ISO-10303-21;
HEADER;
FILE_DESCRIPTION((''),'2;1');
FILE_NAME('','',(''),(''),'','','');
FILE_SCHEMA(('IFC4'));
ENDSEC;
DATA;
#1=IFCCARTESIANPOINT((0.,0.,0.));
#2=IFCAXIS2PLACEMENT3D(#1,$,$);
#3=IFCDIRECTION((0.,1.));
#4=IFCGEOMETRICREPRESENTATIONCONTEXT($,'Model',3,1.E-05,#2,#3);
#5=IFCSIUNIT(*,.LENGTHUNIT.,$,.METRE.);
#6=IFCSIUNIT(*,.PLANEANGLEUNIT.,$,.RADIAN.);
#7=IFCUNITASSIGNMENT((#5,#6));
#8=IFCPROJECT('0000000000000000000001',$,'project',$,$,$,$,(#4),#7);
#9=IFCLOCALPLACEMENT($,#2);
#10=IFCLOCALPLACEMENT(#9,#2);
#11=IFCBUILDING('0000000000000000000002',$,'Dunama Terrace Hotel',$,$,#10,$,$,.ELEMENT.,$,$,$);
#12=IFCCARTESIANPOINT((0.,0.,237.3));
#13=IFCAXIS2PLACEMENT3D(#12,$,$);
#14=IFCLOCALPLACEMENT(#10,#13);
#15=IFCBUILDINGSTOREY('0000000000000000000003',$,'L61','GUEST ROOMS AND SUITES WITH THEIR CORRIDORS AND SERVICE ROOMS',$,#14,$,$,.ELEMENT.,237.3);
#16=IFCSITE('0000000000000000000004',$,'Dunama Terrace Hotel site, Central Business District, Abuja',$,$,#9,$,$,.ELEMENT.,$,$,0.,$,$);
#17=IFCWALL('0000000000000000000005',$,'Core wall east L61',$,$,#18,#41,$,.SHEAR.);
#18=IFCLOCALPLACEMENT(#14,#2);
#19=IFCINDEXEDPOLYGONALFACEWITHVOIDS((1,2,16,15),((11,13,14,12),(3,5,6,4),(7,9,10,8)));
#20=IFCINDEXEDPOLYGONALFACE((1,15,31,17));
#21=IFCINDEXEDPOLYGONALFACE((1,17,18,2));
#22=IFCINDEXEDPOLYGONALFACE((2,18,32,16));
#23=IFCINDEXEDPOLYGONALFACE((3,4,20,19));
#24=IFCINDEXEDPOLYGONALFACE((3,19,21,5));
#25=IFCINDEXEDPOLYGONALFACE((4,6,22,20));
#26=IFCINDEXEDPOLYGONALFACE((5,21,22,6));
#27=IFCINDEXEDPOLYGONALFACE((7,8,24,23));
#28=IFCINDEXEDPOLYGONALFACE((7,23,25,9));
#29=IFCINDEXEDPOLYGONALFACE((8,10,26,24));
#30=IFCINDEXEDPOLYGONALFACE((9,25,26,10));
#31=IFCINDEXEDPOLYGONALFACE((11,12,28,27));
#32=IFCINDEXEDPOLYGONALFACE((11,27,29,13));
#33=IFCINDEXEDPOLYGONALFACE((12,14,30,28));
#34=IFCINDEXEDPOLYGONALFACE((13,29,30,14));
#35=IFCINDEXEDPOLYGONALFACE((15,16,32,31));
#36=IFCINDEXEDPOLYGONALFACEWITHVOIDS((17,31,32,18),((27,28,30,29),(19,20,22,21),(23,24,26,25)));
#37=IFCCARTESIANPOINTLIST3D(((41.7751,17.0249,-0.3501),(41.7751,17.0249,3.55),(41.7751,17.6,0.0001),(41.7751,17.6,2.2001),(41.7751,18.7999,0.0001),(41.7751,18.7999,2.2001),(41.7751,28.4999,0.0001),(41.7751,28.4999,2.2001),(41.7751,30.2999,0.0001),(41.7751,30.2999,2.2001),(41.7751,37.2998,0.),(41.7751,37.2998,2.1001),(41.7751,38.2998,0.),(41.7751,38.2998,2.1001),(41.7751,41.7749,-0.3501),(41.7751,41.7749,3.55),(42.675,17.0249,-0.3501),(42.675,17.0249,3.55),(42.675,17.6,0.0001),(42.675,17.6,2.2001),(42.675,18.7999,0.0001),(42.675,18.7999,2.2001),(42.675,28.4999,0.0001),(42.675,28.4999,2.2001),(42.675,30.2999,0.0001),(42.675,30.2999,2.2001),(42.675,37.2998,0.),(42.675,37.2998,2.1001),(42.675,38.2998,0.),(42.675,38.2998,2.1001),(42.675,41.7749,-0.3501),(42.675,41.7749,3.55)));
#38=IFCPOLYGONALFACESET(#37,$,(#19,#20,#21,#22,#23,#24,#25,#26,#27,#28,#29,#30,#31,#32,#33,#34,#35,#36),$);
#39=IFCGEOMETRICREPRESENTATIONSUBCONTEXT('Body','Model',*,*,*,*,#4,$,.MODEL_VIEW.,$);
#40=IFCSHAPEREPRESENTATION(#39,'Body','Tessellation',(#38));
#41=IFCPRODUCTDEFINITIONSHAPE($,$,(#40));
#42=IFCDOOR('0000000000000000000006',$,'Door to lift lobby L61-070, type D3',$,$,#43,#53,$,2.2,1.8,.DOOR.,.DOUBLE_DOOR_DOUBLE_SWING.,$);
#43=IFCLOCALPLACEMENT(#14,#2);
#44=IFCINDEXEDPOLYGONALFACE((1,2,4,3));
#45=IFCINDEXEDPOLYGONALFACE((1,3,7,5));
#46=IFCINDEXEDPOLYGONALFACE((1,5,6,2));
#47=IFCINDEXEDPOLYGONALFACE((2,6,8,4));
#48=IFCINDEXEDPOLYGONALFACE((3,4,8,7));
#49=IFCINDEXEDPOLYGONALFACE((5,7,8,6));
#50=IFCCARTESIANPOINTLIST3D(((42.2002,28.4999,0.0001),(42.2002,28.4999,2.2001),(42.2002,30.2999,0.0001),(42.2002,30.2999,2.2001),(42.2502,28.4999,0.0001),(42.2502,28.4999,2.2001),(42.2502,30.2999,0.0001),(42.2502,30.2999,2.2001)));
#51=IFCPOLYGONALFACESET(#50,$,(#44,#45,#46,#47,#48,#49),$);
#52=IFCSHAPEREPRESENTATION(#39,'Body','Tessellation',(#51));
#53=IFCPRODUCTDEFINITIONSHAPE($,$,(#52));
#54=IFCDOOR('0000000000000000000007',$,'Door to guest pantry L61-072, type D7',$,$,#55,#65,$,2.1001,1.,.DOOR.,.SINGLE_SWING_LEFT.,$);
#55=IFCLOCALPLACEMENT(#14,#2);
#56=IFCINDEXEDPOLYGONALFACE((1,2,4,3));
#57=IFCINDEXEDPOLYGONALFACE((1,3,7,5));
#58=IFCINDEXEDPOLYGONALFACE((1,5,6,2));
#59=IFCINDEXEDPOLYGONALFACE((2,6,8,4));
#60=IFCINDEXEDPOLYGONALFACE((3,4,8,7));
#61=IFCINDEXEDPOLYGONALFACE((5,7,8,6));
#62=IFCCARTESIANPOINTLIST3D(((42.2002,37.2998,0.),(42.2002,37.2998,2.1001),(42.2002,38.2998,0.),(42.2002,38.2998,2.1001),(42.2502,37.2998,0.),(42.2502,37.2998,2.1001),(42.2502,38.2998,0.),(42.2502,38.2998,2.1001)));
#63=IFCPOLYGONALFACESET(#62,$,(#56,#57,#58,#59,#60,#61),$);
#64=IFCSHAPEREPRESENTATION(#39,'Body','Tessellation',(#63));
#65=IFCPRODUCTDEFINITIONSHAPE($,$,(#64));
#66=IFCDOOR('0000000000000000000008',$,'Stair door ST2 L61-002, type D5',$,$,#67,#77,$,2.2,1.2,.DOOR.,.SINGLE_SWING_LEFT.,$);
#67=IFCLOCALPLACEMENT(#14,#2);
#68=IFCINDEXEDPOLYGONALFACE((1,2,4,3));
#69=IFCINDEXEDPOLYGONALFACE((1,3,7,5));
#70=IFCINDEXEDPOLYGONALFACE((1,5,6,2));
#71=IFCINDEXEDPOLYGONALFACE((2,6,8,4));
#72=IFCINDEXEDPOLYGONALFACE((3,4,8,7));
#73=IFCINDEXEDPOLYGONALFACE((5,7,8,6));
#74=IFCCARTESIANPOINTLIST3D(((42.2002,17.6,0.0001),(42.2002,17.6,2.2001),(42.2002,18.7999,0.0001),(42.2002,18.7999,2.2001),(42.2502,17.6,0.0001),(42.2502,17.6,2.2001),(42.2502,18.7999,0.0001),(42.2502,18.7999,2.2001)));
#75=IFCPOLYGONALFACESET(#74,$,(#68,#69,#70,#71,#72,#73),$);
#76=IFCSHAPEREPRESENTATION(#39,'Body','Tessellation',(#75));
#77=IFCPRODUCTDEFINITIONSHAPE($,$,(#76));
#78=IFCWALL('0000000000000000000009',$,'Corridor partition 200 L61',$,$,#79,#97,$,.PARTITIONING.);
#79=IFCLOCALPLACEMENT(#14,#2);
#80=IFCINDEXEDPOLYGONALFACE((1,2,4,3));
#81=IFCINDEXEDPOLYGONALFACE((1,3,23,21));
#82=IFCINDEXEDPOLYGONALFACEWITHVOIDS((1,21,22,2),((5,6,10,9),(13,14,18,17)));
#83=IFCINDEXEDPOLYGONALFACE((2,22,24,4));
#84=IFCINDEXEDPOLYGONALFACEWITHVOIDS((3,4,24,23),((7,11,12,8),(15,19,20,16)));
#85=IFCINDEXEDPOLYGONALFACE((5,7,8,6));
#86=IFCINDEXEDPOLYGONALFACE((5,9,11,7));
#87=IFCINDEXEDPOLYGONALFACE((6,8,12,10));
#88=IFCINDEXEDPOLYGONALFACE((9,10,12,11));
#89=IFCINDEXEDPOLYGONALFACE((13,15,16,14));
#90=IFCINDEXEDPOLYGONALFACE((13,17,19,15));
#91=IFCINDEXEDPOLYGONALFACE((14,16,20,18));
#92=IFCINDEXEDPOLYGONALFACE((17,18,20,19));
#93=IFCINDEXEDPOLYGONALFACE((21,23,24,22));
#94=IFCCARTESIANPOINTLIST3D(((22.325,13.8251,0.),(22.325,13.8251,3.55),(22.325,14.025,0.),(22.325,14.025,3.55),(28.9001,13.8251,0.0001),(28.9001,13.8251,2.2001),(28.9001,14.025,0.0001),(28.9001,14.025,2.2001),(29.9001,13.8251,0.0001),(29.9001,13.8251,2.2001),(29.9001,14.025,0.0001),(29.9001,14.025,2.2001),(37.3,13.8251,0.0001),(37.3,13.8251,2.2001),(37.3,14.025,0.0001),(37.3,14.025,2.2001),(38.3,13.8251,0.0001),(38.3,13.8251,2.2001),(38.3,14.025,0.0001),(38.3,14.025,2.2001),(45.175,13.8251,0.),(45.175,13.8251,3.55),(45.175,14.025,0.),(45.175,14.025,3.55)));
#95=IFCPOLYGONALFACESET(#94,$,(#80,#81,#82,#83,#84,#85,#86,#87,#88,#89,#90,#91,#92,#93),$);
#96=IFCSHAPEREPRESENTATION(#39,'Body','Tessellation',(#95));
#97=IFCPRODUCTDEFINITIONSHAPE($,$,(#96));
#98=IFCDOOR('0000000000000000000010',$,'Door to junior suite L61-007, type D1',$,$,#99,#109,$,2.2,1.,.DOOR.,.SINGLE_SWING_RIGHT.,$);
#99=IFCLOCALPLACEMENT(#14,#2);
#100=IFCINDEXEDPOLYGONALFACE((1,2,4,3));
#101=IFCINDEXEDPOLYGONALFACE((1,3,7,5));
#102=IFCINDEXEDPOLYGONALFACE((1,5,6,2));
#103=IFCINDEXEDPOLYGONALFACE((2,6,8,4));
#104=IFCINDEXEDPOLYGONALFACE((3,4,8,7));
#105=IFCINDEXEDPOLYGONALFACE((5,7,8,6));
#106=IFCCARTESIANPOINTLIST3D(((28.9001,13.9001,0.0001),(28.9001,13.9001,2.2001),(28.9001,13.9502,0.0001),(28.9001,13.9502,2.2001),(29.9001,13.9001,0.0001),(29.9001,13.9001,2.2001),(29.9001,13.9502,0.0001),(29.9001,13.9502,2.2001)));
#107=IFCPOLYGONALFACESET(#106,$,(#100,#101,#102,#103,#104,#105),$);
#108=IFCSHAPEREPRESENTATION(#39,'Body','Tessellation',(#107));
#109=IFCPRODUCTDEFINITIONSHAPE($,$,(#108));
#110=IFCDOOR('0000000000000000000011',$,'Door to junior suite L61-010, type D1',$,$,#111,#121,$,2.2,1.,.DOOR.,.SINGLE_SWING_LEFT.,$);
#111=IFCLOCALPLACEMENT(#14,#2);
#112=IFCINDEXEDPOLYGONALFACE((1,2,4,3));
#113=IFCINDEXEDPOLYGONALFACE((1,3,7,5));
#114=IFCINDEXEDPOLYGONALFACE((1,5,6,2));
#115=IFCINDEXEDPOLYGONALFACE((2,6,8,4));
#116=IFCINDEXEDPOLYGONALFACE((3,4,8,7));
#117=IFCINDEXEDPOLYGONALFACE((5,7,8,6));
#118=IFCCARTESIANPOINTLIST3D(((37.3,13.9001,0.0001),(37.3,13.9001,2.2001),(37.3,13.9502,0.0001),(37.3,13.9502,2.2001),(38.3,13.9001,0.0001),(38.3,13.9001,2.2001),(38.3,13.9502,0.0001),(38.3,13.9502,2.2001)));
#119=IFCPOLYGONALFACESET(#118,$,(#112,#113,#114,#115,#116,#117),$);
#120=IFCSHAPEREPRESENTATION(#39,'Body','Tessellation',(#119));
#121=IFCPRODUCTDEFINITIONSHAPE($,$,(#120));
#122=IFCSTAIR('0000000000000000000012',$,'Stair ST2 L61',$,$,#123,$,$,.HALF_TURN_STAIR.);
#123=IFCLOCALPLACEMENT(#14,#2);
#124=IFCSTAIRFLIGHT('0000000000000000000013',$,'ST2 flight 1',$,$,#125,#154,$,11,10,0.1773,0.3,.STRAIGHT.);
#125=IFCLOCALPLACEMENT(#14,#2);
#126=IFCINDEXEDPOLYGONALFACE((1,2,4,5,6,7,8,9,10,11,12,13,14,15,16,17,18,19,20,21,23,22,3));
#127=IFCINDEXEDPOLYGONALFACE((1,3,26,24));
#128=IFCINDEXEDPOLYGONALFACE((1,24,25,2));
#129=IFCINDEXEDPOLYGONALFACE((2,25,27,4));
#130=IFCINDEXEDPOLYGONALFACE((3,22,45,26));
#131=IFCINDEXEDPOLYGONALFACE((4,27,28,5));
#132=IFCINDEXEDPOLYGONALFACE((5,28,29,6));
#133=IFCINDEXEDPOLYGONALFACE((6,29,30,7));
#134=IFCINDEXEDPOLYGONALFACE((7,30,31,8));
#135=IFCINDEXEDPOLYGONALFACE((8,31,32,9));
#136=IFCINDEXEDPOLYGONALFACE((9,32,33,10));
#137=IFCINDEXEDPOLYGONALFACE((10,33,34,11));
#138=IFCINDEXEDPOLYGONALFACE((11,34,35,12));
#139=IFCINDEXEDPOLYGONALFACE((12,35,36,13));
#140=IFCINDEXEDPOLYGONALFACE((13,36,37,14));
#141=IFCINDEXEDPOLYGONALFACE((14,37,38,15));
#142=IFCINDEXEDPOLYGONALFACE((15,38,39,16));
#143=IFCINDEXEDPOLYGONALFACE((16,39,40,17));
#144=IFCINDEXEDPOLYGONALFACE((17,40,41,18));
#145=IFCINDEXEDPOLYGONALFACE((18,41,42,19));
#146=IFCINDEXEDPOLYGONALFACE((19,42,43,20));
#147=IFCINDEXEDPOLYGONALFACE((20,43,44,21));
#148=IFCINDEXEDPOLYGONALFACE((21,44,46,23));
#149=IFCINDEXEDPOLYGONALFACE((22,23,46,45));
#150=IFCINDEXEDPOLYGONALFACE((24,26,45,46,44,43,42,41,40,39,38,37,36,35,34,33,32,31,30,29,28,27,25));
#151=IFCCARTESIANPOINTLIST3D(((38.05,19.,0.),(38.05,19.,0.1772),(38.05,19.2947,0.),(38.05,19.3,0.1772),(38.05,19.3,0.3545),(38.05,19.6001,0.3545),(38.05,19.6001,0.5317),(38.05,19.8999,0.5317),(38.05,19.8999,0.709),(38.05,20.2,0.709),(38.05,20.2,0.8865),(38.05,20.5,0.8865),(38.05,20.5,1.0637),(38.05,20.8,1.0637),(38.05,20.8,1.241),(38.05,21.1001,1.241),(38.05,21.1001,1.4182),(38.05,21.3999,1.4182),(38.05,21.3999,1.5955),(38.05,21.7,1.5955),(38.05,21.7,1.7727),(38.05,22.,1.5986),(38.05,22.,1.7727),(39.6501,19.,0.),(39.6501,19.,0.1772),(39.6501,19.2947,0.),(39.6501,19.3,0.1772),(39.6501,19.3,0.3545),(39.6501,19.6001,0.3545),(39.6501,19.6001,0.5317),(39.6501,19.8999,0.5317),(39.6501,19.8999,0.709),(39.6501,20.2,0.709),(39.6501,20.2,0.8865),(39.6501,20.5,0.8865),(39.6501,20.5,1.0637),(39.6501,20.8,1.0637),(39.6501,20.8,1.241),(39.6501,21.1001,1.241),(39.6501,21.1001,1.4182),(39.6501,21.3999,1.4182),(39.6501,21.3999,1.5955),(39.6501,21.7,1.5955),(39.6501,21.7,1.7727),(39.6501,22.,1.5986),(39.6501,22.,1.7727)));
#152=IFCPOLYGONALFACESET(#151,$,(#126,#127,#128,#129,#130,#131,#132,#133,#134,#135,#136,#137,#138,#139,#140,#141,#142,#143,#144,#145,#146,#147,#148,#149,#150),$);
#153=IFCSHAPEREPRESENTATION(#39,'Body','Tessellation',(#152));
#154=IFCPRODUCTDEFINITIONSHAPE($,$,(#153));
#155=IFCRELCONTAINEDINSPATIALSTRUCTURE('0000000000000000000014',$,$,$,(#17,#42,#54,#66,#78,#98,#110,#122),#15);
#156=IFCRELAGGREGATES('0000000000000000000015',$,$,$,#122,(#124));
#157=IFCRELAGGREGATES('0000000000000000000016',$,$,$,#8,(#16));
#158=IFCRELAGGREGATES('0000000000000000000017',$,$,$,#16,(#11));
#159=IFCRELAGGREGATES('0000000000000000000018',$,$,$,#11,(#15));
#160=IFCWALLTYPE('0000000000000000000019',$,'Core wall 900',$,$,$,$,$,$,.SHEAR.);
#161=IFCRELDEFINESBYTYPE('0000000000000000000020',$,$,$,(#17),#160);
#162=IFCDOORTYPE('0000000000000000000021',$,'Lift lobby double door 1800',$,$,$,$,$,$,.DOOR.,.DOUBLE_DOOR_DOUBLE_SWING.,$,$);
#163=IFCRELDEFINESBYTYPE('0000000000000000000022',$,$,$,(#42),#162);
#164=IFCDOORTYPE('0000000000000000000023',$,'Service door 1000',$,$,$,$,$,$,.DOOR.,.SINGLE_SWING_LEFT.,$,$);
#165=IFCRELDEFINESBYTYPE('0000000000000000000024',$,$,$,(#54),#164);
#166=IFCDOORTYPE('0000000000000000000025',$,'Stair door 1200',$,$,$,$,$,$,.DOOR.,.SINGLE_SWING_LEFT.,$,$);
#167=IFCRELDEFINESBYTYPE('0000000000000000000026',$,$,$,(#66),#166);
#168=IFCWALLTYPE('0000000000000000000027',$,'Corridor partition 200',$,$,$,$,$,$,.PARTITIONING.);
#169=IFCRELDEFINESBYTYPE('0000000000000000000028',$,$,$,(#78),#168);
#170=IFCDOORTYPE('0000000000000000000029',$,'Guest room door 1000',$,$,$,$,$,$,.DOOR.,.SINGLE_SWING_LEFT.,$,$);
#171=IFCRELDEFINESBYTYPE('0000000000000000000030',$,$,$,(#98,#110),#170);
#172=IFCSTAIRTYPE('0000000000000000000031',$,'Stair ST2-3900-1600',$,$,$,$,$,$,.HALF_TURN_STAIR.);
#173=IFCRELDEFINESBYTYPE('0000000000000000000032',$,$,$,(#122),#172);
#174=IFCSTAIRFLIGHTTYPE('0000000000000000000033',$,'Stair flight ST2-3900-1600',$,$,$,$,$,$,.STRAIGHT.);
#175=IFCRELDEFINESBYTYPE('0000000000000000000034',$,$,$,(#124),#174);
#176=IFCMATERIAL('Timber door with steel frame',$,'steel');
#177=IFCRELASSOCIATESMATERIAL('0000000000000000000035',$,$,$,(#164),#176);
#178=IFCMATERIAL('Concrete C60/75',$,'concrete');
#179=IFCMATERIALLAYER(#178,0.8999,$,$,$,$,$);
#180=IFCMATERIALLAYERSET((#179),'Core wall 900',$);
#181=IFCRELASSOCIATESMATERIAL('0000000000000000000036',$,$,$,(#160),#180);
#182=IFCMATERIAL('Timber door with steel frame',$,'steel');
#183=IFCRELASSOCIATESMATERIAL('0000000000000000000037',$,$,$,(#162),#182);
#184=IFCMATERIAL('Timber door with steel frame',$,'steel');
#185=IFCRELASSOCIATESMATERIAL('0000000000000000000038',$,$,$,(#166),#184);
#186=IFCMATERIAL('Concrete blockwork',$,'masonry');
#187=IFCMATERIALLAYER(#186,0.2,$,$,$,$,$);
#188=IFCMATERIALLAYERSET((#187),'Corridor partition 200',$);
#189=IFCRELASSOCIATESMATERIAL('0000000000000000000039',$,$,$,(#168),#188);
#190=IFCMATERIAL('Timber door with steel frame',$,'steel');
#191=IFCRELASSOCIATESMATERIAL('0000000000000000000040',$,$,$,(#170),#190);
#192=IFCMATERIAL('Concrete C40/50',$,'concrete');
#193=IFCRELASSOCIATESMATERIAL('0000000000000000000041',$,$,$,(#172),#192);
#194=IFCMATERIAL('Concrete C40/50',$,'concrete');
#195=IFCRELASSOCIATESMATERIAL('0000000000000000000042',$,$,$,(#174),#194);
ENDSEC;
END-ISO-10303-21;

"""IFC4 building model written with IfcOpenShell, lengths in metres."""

from ifc_helpers import new_model, si_unit, direction, frame, frame_2d, origin, place, context, subcontext, project, spatial, polyline, rectangle, outline, extrude, material, layer, layer_set, type_object, element, fill, aggregate, save


model = new_model("IFC4")

# Units and contexts
model_context = context("Model", 3, precision=1e-05, world=origin(), true_north=direction((0.0, 1.0)))
body_context = subcontext(model_context, "Body", "Model", "MODEL_VIEW")
ifc_project = project(units=[si_unit("LENGTHUNIT", "METRE"), si_unit("PLANEANGLEUNIT", "RADIAN")], contexts=[model_context])

# Site, building, storey
site_placement = place(None, origin())
site = spatial("IfcSite", under=ifc_project, at=site_placement, Name="Dunama Terrace Hotel site, Central Business District, Abuja", CompositionType="ELEMENT", RefElevation=0.0)
building_placement = place(site_placement, origin())
building = spatial("IfcBuilding", under=site, at=building_placement, Name="Dunama Terrace Hotel", CompositionType="ELEMENT")
storey_placement = place(building_placement, frame((0.0, 0.0, 237.3)))
storey = spatial("IfcBuildingStorey", under=building, at=storey_placement, Name="L61", Description="GUEST ROOMS AND SUITES WITH THEIR CORRIDORS AND SERVICE ROOMS", CompositionType="ELEMENT", Elevation=237.3)

# Shared definitions
ifc_material_1 = material(Name="Timber door with steel frame", Category="steel")
door_type_1 = type_object("IfcDoorType", Name="Service door 1000", OperationType="SINGLE_SWING_LEFT", PredefinedType="DOOR", material=ifc_material_1)

# Walls, openings, doors
ifc_material_2 = material(Name="Concrete C60/75", Category="concrete")
ifc_layer_1 = layer(ifc_material_2, 0.8999)
ifc_layer_set_1 = layer_set([ifc_layer_1], Name="Core wall 900")
wall_type_1 = type_object("IfcWallType", Name="Core wall 900", PredefinedType="SHEAR", material=ifc_layer_set_1)
wall_1_placement = place(storey_placement, frame((42.2251, 17.0249, -0.3501), z_axis=(0.0, 0.0, 1.0), x_axis=(0.0, 1.0, 0.0)))
wall_1 = element("IfcWall", 1, at=wall_1_placement, inside=storey, type_object=wall_type_1, Name="Core wall east L61", PredefinedType="SHEAR", context=body_context, shape_type="SweptSolid", body=[
    extrude(rectangle(XDim=24.75, YDim=0.8999, at=frame_2d((12.375, 0.0))), origin(), (0.0, 0.0, 1.0), 3.9001),
])
opening_1_placement = place(wall_1_placement, frame((0.575, 0.0, 0.3501)))
opening_1 = element("IfcOpeningElement", 2, at=opening_1_placement, cuts=wall_1, PredefinedType="OPENING", context=body_context, shape_type="SweptSolid", body=[
    extrude(rectangle(XDim=1.2, YDim=2.2, at=frame_2d((0.6001, 1.1001))), frame((0.0, 0.46, 0.0), z_axis=(0.0, -1.0, 0.0), x_axis=(1.0, 0.0, 0.0)), (0.0, 0.0, 1.0), 0.9199),
])
opening_2_placement = place(wall_1_placement, frame((11.4751, 0.0, 0.3501)))
opening_2 = element("IfcOpeningElement", 3, at=opening_2_placement, cuts=wall_1, PredefinedType="OPENING", context=body_context, shape_type="SweptSolid", body=[
    extrude(rectangle(XDim=1.8, YDim=2.2, at=frame_2d((0.8999, 1.1001))), frame((0.0, 0.46, 0.0), z_axis=(0.0, -1.0, 0.0), x_axis=(1.0, 0.0, 0.0)), (0.0, 0.0, 1.0), 0.9199),
])
opening_3_placement = place(wall_1_placement, frame((20.2749, 0.0, 0.3501)))
opening_3 = element("IfcOpeningElement", 4, at=opening_3_placement, cuts=wall_1, PredefinedType="OPENING", context=body_context, shape_type="SweptSolid", body=[
    extrude(rectangle(XDim=1.0, YDim=2.1001, at=frame_2d((0.5, 1.05))), frame((0.0, 0.46, 0.0), z_axis=(0.0, -1.0, 0.0), x_axis=(1.0, 0.0, 0.0)), (0.0, 0.0, 1.0), 0.9199),
])
ifc_material_3 = material(Name="Timber door with steel frame", Category="steel")
door_type_2 = type_object("IfcDoorType", Name="Lift lobby double door 1800", OperationType="DOUBLE_DOOR_DOUBLE_SWING", PredefinedType="DOOR", material=ifc_material_3)
door_1_placement = place(opening_2_placement, origin())
door_1 = element("IfcDoor", 5, at=door_1_placement, inside=storey, type_object=door_type_2, Name="Door to lift lobby L61-070, type D3", OperationType="DOUBLE_DOOR_DOUBLE_SWING", OverallHeight=2.2, OverallWidth=1.8, PredefinedType="DOOR", context=body_context, shape_type="SweptSolid", body=[
    extrude(rectangle(XDim=1.8, YDim=2.2, at=frame_2d((0.8999, 1.1001))), frame((0.0, 0.0249, 0.0), z_axis=(0.0, -1.0, 0.0), x_axis=(1.0, 0.0, 0.0)), (0.0, 0.0, 1.0), 0.05),
])
fill(opening_2, door_1)
door_2_placement = place(opening_3_placement, origin())
door_2 = element("IfcDoor", 6, at=door_2_placement, inside=storey, type_object=door_type_1, Name="Door to guest pantry L61-072, type D7", OperationType="SINGLE_SWING_LEFT", OverallHeight=2.1001, OverallWidth=1.0, PredefinedType="DOOR", context=body_context, shape_type="SweptSolid", body=[
    extrude(rectangle(XDim=1.0, YDim=2.1001, at=frame_2d((0.5, 1.05))), frame((0.0, 0.0249, 0.0), z_axis=(0.0, -1.0, 0.0), x_axis=(1.0, 0.0, 0.0)), (0.0, 0.0, 1.0), 0.05),
])
fill(opening_3, door_2)
ifc_material_4 = material(Name="Timber door with steel frame", Category="steel")
door_type_3 = type_object("IfcDoorType", Name="Stair door 1200", OperationType="SINGLE_SWING_LEFT", PredefinedType="DOOR", material=ifc_material_4)
door_3_placement = place(opening_1_placement, origin())
door_3 = element("IfcDoor", 7, at=door_3_placement, inside=storey, type_object=door_type_3, Name="Stair door ST2 L61-002, type D5", OperationType="SINGLE_SWING_LEFT", OverallHeight=2.2, OverallWidth=1.2, PredefinedType="DOOR", context=body_context, shape_type="SweptSolid", body=[
    extrude(rectangle(XDim=1.2, YDim=2.2, at=frame_2d((0.6001, 1.1001))), frame((0.0, 0.0249, 0.0), z_axis=(0.0, -1.0, 0.0), x_axis=(1.0, 0.0, 0.0)), (0.0, 0.0, 1.0), 0.05),
])
fill(opening_1, door_3)
ifc_material_5 = material(Name="Concrete blockwork", Category="masonry")
ifc_layer_2 = layer(ifc_material_5, 0.2)
ifc_layer_set_2 = layer_set([ifc_layer_2], Name="Corridor partition 200")
wall_type_2 = type_object("IfcWallType", Name="Corridor partition 200", PredefinedType="PARTITIONING", material=ifc_layer_set_2)
wall_2_placement = place(storey_placement, frame((45.175, 13.925, 0.0), z_axis=(0.0, 0.0, 1.0), x_axis=(-1.0, 0.0, 0.0)))
wall_2 = element("IfcWall", 8, at=wall_2_placement, inside=storey, type_object=wall_type_2, Name="Corridor partition 200 L61", PredefinedType="PARTITIONING", context=body_context, shape_type="SweptSolid", body=[
    extrude(rectangle(XDim=22.8501, YDim=0.2, at=frame_2d((11.425, 0.0))), origin(), (0.0, 0.0, 1.0), 3.55),
])
opening_4_placement = place(wall_2_placement, frame((15.2749, 0.0, 0.0)))
opening_4 = element("IfcOpeningElement", 9, at=opening_4_placement, cuts=wall_2, PredefinedType="OPENING", context=body_context, shape_type="SweptSolid", body=[
    extrude(rectangle(XDim=1.0, YDim=2.2, at=frame_2d((0.5, 1.1001))), frame((0.0, 0.1099, 0.0), z_axis=(0.0, -1.0, 0.0), x_axis=(1.0, 0.0, 0.0)), (0.0, 0.0, 1.0), 0.22),
])
opening_5_placement = place(wall_2_placement, frame((6.875, 0.0, 0.0)))
opening_5 = element("IfcOpeningElement", 10, at=opening_5_placement, cuts=wall_2, PredefinedType="OPENING", context=body_context, shape_type="SweptSolid", body=[
    extrude(rectangle(XDim=1.0, YDim=2.2, at=frame_2d((0.5, 1.1001))), frame((0.0, 0.1099, 0.0), z_axis=(0.0, -1.0, 0.0), x_axis=(1.0, 0.0, 0.0)), (0.0, 0.0, 1.0), 0.22),
])
ifc_material_6 = material(Name="Timber door with steel frame", Category="steel")
door_type_4 = type_object("IfcDoorType", Name="Guest room door 1000", OperationType="SINGLE_SWING_LEFT", PredefinedType="DOOR", material=ifc_material_6)
door_4_placement = place(opening_4_placement, origin())
door_4 = element("IfcDoor", 11, at=door_4_placement, inside=storey, type_object=door_type_4, Name="Door to junior suite L61-007, type D1", OperationType="SINGLE_SWING_RIGHT", OverallHeight=2.2, OverallWidth=1.0, PredefinedType="DOOR", context=body_context, shape_type="SweptSolid", body=[
    extrude(rectangle(XDim=1.0, YDim=2.2, at=frame_2d((0.5, 1.1001))), frame((0.0, 0.0249, 0.0), z_axis=(0.0, -1.0, 0.0), x_axis=(1.0, 0.0, 0.0)), (0.0, 0.0, 1.0), 0.05),
])
fill(opening_4, door_4)
door_5_placement = place(opening_5_placement, origin())
door_5 = element("IfcDoor", 12, at=door_5_placement, inside=storey, type_object=door_type_4, Name="Door to junior suite L61-010, type D1", OperationType="SINGLE_SWING_LEFT", OverallHeight=2.2, OverallWidth=1.0, PredefinedType="DOOR", context=body_context, shape_type="SweptSolid", body=[
    extrude(rectangle(XDim=1.0, YDim=2.2, at=frame_2d((0.5, 1.1001))), frame((0.0, 0.0249, 0.0), z_axis=(0.0, -1.0, 0.0), x_axis=(1.0, 0.0, 0.0)), (0.0, 0.0, 1.0), 0.05),
])
fill(opening_5, door_5)

# Stair, stair flight
ifc_material_7 = material(Name="Concrete C40/50", Category="concrete")
stair_type = type_object("IfcStairType", Name="Stair ST2-3900-1600", PredefinedType="HALF_TURN_STAIR", material=ifc_material_7)
stair_placement = place(storey_placement, origin())
stair = element("IfcStair", 13, at=stair_placement, inside=storey, type_object=stair_type, Name="Stair ST2 L61", PredefinedType="HALF_TURN_STAIR")
ifc_material_8 = material(Name="Concrete C40/50", Category="concrete")
stair_flight_type = type_object("IfcStairFlightType", Name="Stair flight ST2-3900-1600", PredefinedType="STRAIGHT", material=ifc_material_8)
stair_flight_1_placement = place(storey_placement, frame((38.8501, 19.0, 0.0), z_axis=(0.0, 0.0, 1.0), x_axis=(0.0, 1.0, 0.0)))
stair_flight_1 = element("IfcStairFlight", 14, at=stair_flight_1_placement, type_object=stair_flight_type, Name="ST2 flight 1", NumberOfRisers=11, NumberOfTreads=10, PredefinedType="STRAIGHT", RiserHeight=0.1773, TreadLength=0.3, context=body_context, shape_type="SweptSolid", body=[
    extrude(outline(polyline([(0.0, 0.0), (0.0, 0.1772), (0.3, 0.1772), (0.3, 0.3545), (0.6001, 0.3545), (0.6001, 0.5317), (0.8999, 0.5317), (0.8999, 0.709), (1.2, 0.709), (1.2, 0.8865), (1.5, 0.8865), (1.5, 1.0637), (1.8, 1.0637), (1.8, 1.241), (2.1001, 1.241), (2.1001, 1.4182), (2.3999, 1.4182), (2.3999, 1.5955), (2.7, 1.5955), (2.7, 1.7727), (3.0, 1.7727), (3.0, 1.95), (3.0, 1.5986), (0.2947, 0.0), (0.0, 0.0)])), frame((0.0, 0.8, 0.0), z_axis=(0.0, -1.0, 0.0), x_axis=(1.0, 0.0, 0.0)), (0.0, 0.0, 1.0), 1.6001),
])
aggregate(stair, [stair_flight_1])

save(model, "model.ifc")
